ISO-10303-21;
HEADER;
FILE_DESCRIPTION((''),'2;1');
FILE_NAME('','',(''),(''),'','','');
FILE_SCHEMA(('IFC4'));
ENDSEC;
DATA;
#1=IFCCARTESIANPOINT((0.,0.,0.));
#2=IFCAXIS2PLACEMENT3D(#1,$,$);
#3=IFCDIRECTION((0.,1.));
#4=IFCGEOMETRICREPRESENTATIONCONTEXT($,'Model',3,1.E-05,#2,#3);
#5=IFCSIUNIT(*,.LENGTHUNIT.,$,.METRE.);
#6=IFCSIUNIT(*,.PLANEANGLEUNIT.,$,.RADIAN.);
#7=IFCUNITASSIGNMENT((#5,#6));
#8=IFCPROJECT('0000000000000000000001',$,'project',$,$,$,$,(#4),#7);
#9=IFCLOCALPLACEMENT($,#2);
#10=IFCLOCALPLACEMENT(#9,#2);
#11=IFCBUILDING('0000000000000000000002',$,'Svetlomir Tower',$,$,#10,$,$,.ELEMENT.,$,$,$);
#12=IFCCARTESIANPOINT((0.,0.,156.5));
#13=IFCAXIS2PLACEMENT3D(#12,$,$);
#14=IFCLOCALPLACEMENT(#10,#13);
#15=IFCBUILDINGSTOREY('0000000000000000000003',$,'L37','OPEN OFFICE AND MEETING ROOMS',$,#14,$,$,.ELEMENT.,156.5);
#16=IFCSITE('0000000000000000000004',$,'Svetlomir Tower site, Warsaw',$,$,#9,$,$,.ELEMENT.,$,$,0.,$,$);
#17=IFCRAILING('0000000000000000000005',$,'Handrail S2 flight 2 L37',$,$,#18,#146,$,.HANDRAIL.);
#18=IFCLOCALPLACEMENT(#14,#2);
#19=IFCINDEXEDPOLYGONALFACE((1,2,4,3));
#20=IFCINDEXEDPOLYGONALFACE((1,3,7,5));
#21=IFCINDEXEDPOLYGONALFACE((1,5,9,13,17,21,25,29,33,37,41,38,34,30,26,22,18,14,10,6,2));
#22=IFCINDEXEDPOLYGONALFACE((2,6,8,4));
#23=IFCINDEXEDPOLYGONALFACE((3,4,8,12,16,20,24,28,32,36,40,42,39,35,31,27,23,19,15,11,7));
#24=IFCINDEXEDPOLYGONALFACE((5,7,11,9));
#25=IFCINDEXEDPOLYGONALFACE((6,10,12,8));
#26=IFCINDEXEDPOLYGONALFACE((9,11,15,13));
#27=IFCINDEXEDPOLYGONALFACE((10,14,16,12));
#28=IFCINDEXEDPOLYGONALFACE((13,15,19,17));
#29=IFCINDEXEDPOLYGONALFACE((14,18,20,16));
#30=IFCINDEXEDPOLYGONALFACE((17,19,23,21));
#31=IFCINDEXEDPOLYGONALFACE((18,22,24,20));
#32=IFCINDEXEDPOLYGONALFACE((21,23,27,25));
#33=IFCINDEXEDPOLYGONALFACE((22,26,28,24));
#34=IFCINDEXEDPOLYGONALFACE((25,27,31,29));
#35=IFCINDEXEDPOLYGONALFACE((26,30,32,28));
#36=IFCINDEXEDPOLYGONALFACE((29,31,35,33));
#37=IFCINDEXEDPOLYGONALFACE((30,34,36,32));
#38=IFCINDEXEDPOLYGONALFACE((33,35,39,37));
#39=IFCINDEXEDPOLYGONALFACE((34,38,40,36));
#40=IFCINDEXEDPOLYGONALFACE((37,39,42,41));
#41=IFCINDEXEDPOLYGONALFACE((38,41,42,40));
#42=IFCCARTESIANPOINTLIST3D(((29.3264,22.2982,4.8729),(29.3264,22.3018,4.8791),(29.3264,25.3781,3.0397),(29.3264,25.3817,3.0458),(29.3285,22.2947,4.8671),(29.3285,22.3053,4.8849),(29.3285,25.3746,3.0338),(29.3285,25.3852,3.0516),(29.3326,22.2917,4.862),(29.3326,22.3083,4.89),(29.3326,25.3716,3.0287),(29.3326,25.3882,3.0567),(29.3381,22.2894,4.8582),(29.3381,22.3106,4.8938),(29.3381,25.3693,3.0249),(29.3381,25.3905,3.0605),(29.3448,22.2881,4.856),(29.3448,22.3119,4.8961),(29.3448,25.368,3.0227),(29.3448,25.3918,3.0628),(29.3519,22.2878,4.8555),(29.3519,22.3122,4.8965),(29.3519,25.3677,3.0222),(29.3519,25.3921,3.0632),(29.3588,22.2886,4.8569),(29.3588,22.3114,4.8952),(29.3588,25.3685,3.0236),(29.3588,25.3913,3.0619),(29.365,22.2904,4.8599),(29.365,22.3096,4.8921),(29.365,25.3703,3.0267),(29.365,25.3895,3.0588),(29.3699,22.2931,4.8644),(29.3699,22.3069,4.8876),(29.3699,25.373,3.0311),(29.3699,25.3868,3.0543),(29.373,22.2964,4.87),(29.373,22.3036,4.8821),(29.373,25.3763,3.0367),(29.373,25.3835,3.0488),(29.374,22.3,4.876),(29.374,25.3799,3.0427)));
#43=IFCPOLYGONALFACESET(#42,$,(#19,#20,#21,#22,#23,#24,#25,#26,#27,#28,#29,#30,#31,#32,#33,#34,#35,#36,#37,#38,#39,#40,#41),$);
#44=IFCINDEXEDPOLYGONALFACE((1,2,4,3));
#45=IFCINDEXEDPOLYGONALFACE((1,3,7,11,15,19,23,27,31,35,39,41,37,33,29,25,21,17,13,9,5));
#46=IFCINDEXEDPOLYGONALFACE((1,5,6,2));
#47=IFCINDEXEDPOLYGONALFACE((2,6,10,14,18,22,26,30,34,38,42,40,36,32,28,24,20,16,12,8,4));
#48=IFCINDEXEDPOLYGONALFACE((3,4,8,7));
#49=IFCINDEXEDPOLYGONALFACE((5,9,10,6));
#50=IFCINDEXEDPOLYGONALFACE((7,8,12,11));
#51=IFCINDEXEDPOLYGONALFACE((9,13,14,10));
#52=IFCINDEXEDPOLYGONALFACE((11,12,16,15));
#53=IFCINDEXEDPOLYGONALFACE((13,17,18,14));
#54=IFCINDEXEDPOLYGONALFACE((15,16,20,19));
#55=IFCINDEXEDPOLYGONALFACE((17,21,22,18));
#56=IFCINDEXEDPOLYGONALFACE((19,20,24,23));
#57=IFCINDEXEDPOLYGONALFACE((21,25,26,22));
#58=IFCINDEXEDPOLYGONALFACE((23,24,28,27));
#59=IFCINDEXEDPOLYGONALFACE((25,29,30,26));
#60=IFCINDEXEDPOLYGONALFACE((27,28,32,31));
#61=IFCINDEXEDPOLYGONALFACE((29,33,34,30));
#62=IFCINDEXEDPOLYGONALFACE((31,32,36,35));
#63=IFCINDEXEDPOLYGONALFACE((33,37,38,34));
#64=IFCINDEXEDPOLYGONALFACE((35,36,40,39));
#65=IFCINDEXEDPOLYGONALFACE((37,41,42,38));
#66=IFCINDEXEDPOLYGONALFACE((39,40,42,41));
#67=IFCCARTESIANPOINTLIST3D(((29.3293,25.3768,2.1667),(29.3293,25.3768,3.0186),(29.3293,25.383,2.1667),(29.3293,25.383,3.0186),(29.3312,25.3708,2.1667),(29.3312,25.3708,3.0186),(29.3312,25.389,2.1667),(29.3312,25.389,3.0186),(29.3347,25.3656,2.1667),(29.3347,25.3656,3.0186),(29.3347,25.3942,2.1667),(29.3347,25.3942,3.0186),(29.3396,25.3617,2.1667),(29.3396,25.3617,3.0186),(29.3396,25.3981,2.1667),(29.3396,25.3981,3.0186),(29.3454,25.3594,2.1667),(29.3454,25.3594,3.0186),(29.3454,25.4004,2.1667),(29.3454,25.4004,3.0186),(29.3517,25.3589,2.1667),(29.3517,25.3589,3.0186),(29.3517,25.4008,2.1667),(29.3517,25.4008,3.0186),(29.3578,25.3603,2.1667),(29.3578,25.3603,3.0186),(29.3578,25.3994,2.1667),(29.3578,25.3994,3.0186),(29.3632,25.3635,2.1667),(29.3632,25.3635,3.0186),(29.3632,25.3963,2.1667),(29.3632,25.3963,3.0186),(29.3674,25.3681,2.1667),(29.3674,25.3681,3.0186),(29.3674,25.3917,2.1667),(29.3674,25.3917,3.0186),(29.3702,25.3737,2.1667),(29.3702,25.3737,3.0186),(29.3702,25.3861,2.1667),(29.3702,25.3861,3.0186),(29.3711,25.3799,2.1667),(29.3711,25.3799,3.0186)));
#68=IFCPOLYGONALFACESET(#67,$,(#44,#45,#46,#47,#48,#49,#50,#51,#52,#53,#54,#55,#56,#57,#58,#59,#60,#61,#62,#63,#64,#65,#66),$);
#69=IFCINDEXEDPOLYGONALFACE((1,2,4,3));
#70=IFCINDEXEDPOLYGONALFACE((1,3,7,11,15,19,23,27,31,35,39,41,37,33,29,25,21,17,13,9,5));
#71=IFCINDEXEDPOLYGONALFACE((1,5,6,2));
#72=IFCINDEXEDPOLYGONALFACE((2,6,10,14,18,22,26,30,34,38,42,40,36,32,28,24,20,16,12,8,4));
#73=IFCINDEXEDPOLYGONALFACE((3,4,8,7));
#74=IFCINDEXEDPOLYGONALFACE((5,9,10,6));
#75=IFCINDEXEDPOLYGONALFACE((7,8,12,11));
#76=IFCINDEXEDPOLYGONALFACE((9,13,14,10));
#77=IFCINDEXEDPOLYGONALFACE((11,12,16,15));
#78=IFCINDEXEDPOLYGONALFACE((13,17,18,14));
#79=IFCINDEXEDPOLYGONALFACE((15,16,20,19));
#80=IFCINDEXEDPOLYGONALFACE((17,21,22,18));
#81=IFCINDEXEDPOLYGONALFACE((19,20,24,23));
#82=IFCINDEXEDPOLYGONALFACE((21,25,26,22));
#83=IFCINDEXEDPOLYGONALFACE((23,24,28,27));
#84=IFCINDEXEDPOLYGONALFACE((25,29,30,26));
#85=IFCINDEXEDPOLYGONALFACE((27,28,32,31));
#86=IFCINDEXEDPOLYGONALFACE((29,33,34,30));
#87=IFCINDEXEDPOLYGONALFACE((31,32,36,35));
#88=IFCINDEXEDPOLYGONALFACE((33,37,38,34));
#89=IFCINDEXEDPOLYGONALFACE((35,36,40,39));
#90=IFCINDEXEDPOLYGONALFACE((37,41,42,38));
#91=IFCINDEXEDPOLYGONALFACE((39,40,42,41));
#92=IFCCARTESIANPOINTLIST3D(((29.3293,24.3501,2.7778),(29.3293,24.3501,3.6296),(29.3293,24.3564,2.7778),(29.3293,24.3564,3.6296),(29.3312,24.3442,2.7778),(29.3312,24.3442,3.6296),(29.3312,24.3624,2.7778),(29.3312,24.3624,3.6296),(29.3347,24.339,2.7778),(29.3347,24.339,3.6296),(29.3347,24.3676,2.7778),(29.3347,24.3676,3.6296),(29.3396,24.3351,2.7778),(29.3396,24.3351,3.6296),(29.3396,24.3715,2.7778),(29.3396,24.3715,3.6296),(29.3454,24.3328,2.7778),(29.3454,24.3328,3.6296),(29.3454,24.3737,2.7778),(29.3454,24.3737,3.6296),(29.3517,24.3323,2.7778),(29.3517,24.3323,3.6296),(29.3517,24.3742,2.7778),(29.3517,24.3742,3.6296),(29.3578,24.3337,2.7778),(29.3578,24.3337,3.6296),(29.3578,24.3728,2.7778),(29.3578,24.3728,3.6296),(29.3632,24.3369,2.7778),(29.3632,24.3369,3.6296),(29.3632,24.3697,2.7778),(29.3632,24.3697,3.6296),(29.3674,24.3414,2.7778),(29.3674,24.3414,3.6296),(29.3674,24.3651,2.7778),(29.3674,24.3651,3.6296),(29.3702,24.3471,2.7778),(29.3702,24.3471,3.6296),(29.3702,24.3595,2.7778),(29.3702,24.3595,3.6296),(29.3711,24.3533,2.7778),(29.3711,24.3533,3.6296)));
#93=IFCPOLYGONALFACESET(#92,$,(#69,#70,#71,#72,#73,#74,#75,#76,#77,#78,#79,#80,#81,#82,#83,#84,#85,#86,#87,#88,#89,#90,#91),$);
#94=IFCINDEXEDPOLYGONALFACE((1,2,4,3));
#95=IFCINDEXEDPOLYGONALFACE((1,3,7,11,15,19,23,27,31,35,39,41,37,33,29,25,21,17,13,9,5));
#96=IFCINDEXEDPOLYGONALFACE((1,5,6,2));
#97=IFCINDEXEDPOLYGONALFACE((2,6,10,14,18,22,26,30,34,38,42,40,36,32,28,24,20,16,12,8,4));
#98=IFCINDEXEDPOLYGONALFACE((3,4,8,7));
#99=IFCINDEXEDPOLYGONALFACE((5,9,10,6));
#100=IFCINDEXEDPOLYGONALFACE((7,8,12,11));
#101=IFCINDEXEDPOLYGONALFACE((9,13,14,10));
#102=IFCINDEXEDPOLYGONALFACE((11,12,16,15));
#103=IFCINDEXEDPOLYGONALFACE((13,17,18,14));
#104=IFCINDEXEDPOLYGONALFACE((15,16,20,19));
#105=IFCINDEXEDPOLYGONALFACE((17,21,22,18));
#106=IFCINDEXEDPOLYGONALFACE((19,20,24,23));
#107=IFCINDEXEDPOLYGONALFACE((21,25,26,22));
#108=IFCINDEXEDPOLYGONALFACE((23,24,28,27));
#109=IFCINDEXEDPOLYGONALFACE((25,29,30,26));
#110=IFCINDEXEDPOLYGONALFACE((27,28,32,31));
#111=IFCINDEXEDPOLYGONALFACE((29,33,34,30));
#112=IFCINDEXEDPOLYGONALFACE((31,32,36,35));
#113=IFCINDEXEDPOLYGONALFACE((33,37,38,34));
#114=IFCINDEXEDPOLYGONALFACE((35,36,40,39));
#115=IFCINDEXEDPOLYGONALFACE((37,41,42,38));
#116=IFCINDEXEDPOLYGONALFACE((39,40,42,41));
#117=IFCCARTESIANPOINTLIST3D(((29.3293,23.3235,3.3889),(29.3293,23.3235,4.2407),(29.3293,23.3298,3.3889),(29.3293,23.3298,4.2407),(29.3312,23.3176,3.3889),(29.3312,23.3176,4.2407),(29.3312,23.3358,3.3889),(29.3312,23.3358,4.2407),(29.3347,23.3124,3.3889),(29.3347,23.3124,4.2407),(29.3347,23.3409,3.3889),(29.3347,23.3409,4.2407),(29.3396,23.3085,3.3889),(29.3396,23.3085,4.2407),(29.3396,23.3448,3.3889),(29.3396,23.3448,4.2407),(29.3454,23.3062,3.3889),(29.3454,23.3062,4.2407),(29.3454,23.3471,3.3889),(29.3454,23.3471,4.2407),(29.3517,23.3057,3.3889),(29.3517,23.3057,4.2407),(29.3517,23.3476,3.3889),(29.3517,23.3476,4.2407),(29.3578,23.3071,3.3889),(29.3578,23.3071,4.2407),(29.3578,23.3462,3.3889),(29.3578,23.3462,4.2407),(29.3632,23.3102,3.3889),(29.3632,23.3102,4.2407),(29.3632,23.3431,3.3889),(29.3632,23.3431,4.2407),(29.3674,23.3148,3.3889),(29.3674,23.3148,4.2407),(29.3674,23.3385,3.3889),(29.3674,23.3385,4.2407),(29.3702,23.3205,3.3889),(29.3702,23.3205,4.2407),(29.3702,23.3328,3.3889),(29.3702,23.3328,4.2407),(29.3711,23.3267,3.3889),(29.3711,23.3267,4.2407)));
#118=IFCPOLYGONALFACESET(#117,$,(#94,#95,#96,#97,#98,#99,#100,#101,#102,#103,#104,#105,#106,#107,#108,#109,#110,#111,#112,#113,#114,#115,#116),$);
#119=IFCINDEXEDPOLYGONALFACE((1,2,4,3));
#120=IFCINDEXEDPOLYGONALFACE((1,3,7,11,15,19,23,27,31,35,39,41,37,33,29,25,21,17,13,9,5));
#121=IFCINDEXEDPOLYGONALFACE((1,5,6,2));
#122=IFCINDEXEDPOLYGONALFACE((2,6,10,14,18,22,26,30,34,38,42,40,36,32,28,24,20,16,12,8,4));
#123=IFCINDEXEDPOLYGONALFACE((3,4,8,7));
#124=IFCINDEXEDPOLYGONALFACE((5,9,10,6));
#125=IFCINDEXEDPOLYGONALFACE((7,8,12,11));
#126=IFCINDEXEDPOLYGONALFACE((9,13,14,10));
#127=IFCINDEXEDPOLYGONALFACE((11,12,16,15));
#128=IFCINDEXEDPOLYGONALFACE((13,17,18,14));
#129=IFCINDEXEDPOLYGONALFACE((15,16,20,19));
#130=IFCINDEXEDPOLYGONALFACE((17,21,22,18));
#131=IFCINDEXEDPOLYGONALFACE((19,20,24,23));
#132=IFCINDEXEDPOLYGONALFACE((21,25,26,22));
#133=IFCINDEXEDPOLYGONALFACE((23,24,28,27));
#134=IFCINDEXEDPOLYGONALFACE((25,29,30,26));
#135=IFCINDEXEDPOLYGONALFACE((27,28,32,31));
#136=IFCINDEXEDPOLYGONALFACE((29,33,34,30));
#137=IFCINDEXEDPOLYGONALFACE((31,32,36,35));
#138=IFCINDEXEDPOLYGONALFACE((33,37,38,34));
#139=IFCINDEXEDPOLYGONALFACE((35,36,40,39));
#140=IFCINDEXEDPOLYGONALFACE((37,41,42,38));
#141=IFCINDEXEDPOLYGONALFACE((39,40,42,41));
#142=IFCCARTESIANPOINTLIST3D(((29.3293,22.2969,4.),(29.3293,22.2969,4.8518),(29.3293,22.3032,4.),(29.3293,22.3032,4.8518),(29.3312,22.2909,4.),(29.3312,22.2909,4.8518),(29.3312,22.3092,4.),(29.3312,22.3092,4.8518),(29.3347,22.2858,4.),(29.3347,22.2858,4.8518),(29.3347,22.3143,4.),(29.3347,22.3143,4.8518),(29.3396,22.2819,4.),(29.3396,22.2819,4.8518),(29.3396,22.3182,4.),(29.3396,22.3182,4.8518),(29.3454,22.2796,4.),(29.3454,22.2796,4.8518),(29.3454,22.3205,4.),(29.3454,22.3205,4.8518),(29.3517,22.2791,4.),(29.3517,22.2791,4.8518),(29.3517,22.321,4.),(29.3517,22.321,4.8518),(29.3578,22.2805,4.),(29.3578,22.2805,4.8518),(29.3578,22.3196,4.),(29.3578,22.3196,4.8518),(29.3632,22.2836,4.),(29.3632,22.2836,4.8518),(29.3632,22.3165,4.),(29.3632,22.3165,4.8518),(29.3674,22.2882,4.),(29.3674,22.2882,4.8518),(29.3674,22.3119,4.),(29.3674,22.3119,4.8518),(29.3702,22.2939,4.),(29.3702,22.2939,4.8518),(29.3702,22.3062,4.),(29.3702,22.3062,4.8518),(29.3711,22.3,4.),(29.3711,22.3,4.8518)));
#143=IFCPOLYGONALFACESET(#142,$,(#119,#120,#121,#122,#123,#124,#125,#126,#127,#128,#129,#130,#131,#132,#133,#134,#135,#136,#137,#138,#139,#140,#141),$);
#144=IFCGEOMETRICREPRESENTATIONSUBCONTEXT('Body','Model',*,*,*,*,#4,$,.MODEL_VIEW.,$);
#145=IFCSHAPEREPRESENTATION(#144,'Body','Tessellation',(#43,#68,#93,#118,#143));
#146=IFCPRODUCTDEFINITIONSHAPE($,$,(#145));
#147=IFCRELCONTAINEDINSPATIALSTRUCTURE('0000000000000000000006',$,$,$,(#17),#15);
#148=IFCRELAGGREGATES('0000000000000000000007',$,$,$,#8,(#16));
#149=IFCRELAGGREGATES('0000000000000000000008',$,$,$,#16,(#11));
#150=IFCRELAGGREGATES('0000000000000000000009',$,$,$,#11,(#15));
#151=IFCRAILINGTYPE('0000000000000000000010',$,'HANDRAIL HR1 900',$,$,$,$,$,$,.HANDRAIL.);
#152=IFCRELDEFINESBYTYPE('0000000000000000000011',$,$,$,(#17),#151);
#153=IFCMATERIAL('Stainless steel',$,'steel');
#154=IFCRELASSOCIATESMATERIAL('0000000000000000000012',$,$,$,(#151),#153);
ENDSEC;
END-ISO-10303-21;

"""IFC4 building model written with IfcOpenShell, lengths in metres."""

from ifc_helpers import new_model, si_unit, direction, frame, origin, origin_2d, place, context, subcontext, project, spatial, circle, extrude, material, type_object, element, save


model = new_model("IFC4")

# Units and contexts
model_context = context("Model", 3, precision=1e-05, world=origin(), true_north=direction((0.0, 1.0)))
body_context = subcontext(model_context, "Body", "Model", "MODEL_VIEW")
ifc_project = project(units=[si_unit("LENGTHUNIT", "METRE"), si_unit("PLANEANGLEUNIT", "RADIAN")], contexts=[model_context])

# Site, building, storey
site_placement = place(None, origin())
site = spatial("IfcSite", under=ifc_project, at=site_placement, Name="Svetlomir Tower site, Warsaw", CompositionType="ELEMENT", RefElevation=0.0)
building_placement = place(site_placement, origin())
building = spatial("IfcBuilding", under=site, at=building_placement, Name="Svetlomir Tower", CompositionType="ELEMENT")
storey_placement = place(building_placement, frame((0.0, 0.0, 156.5)))
storey = spatial("IfcBuildingStorey", under=building, at=storey_placement, Name="L37", Description="OPEN OFFICE AND MEETING ROOMS", CompositionType="ELEMENT", Elevation=156.5)

# Railing
ifc_material_1 = material(Name="Stainless steel", Category="steel")
railing_type = type_object("IfcRailingType", Name="HANDRAIL HR1 900", PredefinedType="HANDRAIL", material=ifc_material_1)
railing_1_placement = place(storey_placement, frame((29.3501, 25.3799, 2.1667)))
element("IfcRailing", 1, at=railing_1_placement, inside=storey, type_object=railing_type, Name="Handrail S2 flight 2 L37", PredefinedType="HANDRAIL", context=body_context, shape_type="SweptSolid", body=[
    extrude(circle(Radius=0.0239, at=origin_2d()), frame((0.0, 0.0, 0.876), z_axis=(0.0, -0.859291, 0.511487), x_axis=(1.0, 0.0, 0.0)), (0.0, 0.0, 1.0), 3.5842),
    extrude(circle(Radius=0.021, at=origin_2d()), origin(), (0.0, 0.0, 1.0), 0.8518),
    extrude(circle(Radius=0.021, at=origin_2d()), frame((0.0, -1.0266, 0.6111)), (0.0, 0.0, 1.0), 0.8518),
    extrude(circle(Radius=0.021, at=origin_2d()), frame((0.0, -2.0532, 1.2222)), (0.0, 0.0, 1.0), 0.8518),
    extrude(circle(Radius=0.021, at=origin_2d()), frame((0.0, -3.0798, 1.8333)), (0.0, 0.0, 1.0), 0.8518),
])

save(model, "model.ifc")
